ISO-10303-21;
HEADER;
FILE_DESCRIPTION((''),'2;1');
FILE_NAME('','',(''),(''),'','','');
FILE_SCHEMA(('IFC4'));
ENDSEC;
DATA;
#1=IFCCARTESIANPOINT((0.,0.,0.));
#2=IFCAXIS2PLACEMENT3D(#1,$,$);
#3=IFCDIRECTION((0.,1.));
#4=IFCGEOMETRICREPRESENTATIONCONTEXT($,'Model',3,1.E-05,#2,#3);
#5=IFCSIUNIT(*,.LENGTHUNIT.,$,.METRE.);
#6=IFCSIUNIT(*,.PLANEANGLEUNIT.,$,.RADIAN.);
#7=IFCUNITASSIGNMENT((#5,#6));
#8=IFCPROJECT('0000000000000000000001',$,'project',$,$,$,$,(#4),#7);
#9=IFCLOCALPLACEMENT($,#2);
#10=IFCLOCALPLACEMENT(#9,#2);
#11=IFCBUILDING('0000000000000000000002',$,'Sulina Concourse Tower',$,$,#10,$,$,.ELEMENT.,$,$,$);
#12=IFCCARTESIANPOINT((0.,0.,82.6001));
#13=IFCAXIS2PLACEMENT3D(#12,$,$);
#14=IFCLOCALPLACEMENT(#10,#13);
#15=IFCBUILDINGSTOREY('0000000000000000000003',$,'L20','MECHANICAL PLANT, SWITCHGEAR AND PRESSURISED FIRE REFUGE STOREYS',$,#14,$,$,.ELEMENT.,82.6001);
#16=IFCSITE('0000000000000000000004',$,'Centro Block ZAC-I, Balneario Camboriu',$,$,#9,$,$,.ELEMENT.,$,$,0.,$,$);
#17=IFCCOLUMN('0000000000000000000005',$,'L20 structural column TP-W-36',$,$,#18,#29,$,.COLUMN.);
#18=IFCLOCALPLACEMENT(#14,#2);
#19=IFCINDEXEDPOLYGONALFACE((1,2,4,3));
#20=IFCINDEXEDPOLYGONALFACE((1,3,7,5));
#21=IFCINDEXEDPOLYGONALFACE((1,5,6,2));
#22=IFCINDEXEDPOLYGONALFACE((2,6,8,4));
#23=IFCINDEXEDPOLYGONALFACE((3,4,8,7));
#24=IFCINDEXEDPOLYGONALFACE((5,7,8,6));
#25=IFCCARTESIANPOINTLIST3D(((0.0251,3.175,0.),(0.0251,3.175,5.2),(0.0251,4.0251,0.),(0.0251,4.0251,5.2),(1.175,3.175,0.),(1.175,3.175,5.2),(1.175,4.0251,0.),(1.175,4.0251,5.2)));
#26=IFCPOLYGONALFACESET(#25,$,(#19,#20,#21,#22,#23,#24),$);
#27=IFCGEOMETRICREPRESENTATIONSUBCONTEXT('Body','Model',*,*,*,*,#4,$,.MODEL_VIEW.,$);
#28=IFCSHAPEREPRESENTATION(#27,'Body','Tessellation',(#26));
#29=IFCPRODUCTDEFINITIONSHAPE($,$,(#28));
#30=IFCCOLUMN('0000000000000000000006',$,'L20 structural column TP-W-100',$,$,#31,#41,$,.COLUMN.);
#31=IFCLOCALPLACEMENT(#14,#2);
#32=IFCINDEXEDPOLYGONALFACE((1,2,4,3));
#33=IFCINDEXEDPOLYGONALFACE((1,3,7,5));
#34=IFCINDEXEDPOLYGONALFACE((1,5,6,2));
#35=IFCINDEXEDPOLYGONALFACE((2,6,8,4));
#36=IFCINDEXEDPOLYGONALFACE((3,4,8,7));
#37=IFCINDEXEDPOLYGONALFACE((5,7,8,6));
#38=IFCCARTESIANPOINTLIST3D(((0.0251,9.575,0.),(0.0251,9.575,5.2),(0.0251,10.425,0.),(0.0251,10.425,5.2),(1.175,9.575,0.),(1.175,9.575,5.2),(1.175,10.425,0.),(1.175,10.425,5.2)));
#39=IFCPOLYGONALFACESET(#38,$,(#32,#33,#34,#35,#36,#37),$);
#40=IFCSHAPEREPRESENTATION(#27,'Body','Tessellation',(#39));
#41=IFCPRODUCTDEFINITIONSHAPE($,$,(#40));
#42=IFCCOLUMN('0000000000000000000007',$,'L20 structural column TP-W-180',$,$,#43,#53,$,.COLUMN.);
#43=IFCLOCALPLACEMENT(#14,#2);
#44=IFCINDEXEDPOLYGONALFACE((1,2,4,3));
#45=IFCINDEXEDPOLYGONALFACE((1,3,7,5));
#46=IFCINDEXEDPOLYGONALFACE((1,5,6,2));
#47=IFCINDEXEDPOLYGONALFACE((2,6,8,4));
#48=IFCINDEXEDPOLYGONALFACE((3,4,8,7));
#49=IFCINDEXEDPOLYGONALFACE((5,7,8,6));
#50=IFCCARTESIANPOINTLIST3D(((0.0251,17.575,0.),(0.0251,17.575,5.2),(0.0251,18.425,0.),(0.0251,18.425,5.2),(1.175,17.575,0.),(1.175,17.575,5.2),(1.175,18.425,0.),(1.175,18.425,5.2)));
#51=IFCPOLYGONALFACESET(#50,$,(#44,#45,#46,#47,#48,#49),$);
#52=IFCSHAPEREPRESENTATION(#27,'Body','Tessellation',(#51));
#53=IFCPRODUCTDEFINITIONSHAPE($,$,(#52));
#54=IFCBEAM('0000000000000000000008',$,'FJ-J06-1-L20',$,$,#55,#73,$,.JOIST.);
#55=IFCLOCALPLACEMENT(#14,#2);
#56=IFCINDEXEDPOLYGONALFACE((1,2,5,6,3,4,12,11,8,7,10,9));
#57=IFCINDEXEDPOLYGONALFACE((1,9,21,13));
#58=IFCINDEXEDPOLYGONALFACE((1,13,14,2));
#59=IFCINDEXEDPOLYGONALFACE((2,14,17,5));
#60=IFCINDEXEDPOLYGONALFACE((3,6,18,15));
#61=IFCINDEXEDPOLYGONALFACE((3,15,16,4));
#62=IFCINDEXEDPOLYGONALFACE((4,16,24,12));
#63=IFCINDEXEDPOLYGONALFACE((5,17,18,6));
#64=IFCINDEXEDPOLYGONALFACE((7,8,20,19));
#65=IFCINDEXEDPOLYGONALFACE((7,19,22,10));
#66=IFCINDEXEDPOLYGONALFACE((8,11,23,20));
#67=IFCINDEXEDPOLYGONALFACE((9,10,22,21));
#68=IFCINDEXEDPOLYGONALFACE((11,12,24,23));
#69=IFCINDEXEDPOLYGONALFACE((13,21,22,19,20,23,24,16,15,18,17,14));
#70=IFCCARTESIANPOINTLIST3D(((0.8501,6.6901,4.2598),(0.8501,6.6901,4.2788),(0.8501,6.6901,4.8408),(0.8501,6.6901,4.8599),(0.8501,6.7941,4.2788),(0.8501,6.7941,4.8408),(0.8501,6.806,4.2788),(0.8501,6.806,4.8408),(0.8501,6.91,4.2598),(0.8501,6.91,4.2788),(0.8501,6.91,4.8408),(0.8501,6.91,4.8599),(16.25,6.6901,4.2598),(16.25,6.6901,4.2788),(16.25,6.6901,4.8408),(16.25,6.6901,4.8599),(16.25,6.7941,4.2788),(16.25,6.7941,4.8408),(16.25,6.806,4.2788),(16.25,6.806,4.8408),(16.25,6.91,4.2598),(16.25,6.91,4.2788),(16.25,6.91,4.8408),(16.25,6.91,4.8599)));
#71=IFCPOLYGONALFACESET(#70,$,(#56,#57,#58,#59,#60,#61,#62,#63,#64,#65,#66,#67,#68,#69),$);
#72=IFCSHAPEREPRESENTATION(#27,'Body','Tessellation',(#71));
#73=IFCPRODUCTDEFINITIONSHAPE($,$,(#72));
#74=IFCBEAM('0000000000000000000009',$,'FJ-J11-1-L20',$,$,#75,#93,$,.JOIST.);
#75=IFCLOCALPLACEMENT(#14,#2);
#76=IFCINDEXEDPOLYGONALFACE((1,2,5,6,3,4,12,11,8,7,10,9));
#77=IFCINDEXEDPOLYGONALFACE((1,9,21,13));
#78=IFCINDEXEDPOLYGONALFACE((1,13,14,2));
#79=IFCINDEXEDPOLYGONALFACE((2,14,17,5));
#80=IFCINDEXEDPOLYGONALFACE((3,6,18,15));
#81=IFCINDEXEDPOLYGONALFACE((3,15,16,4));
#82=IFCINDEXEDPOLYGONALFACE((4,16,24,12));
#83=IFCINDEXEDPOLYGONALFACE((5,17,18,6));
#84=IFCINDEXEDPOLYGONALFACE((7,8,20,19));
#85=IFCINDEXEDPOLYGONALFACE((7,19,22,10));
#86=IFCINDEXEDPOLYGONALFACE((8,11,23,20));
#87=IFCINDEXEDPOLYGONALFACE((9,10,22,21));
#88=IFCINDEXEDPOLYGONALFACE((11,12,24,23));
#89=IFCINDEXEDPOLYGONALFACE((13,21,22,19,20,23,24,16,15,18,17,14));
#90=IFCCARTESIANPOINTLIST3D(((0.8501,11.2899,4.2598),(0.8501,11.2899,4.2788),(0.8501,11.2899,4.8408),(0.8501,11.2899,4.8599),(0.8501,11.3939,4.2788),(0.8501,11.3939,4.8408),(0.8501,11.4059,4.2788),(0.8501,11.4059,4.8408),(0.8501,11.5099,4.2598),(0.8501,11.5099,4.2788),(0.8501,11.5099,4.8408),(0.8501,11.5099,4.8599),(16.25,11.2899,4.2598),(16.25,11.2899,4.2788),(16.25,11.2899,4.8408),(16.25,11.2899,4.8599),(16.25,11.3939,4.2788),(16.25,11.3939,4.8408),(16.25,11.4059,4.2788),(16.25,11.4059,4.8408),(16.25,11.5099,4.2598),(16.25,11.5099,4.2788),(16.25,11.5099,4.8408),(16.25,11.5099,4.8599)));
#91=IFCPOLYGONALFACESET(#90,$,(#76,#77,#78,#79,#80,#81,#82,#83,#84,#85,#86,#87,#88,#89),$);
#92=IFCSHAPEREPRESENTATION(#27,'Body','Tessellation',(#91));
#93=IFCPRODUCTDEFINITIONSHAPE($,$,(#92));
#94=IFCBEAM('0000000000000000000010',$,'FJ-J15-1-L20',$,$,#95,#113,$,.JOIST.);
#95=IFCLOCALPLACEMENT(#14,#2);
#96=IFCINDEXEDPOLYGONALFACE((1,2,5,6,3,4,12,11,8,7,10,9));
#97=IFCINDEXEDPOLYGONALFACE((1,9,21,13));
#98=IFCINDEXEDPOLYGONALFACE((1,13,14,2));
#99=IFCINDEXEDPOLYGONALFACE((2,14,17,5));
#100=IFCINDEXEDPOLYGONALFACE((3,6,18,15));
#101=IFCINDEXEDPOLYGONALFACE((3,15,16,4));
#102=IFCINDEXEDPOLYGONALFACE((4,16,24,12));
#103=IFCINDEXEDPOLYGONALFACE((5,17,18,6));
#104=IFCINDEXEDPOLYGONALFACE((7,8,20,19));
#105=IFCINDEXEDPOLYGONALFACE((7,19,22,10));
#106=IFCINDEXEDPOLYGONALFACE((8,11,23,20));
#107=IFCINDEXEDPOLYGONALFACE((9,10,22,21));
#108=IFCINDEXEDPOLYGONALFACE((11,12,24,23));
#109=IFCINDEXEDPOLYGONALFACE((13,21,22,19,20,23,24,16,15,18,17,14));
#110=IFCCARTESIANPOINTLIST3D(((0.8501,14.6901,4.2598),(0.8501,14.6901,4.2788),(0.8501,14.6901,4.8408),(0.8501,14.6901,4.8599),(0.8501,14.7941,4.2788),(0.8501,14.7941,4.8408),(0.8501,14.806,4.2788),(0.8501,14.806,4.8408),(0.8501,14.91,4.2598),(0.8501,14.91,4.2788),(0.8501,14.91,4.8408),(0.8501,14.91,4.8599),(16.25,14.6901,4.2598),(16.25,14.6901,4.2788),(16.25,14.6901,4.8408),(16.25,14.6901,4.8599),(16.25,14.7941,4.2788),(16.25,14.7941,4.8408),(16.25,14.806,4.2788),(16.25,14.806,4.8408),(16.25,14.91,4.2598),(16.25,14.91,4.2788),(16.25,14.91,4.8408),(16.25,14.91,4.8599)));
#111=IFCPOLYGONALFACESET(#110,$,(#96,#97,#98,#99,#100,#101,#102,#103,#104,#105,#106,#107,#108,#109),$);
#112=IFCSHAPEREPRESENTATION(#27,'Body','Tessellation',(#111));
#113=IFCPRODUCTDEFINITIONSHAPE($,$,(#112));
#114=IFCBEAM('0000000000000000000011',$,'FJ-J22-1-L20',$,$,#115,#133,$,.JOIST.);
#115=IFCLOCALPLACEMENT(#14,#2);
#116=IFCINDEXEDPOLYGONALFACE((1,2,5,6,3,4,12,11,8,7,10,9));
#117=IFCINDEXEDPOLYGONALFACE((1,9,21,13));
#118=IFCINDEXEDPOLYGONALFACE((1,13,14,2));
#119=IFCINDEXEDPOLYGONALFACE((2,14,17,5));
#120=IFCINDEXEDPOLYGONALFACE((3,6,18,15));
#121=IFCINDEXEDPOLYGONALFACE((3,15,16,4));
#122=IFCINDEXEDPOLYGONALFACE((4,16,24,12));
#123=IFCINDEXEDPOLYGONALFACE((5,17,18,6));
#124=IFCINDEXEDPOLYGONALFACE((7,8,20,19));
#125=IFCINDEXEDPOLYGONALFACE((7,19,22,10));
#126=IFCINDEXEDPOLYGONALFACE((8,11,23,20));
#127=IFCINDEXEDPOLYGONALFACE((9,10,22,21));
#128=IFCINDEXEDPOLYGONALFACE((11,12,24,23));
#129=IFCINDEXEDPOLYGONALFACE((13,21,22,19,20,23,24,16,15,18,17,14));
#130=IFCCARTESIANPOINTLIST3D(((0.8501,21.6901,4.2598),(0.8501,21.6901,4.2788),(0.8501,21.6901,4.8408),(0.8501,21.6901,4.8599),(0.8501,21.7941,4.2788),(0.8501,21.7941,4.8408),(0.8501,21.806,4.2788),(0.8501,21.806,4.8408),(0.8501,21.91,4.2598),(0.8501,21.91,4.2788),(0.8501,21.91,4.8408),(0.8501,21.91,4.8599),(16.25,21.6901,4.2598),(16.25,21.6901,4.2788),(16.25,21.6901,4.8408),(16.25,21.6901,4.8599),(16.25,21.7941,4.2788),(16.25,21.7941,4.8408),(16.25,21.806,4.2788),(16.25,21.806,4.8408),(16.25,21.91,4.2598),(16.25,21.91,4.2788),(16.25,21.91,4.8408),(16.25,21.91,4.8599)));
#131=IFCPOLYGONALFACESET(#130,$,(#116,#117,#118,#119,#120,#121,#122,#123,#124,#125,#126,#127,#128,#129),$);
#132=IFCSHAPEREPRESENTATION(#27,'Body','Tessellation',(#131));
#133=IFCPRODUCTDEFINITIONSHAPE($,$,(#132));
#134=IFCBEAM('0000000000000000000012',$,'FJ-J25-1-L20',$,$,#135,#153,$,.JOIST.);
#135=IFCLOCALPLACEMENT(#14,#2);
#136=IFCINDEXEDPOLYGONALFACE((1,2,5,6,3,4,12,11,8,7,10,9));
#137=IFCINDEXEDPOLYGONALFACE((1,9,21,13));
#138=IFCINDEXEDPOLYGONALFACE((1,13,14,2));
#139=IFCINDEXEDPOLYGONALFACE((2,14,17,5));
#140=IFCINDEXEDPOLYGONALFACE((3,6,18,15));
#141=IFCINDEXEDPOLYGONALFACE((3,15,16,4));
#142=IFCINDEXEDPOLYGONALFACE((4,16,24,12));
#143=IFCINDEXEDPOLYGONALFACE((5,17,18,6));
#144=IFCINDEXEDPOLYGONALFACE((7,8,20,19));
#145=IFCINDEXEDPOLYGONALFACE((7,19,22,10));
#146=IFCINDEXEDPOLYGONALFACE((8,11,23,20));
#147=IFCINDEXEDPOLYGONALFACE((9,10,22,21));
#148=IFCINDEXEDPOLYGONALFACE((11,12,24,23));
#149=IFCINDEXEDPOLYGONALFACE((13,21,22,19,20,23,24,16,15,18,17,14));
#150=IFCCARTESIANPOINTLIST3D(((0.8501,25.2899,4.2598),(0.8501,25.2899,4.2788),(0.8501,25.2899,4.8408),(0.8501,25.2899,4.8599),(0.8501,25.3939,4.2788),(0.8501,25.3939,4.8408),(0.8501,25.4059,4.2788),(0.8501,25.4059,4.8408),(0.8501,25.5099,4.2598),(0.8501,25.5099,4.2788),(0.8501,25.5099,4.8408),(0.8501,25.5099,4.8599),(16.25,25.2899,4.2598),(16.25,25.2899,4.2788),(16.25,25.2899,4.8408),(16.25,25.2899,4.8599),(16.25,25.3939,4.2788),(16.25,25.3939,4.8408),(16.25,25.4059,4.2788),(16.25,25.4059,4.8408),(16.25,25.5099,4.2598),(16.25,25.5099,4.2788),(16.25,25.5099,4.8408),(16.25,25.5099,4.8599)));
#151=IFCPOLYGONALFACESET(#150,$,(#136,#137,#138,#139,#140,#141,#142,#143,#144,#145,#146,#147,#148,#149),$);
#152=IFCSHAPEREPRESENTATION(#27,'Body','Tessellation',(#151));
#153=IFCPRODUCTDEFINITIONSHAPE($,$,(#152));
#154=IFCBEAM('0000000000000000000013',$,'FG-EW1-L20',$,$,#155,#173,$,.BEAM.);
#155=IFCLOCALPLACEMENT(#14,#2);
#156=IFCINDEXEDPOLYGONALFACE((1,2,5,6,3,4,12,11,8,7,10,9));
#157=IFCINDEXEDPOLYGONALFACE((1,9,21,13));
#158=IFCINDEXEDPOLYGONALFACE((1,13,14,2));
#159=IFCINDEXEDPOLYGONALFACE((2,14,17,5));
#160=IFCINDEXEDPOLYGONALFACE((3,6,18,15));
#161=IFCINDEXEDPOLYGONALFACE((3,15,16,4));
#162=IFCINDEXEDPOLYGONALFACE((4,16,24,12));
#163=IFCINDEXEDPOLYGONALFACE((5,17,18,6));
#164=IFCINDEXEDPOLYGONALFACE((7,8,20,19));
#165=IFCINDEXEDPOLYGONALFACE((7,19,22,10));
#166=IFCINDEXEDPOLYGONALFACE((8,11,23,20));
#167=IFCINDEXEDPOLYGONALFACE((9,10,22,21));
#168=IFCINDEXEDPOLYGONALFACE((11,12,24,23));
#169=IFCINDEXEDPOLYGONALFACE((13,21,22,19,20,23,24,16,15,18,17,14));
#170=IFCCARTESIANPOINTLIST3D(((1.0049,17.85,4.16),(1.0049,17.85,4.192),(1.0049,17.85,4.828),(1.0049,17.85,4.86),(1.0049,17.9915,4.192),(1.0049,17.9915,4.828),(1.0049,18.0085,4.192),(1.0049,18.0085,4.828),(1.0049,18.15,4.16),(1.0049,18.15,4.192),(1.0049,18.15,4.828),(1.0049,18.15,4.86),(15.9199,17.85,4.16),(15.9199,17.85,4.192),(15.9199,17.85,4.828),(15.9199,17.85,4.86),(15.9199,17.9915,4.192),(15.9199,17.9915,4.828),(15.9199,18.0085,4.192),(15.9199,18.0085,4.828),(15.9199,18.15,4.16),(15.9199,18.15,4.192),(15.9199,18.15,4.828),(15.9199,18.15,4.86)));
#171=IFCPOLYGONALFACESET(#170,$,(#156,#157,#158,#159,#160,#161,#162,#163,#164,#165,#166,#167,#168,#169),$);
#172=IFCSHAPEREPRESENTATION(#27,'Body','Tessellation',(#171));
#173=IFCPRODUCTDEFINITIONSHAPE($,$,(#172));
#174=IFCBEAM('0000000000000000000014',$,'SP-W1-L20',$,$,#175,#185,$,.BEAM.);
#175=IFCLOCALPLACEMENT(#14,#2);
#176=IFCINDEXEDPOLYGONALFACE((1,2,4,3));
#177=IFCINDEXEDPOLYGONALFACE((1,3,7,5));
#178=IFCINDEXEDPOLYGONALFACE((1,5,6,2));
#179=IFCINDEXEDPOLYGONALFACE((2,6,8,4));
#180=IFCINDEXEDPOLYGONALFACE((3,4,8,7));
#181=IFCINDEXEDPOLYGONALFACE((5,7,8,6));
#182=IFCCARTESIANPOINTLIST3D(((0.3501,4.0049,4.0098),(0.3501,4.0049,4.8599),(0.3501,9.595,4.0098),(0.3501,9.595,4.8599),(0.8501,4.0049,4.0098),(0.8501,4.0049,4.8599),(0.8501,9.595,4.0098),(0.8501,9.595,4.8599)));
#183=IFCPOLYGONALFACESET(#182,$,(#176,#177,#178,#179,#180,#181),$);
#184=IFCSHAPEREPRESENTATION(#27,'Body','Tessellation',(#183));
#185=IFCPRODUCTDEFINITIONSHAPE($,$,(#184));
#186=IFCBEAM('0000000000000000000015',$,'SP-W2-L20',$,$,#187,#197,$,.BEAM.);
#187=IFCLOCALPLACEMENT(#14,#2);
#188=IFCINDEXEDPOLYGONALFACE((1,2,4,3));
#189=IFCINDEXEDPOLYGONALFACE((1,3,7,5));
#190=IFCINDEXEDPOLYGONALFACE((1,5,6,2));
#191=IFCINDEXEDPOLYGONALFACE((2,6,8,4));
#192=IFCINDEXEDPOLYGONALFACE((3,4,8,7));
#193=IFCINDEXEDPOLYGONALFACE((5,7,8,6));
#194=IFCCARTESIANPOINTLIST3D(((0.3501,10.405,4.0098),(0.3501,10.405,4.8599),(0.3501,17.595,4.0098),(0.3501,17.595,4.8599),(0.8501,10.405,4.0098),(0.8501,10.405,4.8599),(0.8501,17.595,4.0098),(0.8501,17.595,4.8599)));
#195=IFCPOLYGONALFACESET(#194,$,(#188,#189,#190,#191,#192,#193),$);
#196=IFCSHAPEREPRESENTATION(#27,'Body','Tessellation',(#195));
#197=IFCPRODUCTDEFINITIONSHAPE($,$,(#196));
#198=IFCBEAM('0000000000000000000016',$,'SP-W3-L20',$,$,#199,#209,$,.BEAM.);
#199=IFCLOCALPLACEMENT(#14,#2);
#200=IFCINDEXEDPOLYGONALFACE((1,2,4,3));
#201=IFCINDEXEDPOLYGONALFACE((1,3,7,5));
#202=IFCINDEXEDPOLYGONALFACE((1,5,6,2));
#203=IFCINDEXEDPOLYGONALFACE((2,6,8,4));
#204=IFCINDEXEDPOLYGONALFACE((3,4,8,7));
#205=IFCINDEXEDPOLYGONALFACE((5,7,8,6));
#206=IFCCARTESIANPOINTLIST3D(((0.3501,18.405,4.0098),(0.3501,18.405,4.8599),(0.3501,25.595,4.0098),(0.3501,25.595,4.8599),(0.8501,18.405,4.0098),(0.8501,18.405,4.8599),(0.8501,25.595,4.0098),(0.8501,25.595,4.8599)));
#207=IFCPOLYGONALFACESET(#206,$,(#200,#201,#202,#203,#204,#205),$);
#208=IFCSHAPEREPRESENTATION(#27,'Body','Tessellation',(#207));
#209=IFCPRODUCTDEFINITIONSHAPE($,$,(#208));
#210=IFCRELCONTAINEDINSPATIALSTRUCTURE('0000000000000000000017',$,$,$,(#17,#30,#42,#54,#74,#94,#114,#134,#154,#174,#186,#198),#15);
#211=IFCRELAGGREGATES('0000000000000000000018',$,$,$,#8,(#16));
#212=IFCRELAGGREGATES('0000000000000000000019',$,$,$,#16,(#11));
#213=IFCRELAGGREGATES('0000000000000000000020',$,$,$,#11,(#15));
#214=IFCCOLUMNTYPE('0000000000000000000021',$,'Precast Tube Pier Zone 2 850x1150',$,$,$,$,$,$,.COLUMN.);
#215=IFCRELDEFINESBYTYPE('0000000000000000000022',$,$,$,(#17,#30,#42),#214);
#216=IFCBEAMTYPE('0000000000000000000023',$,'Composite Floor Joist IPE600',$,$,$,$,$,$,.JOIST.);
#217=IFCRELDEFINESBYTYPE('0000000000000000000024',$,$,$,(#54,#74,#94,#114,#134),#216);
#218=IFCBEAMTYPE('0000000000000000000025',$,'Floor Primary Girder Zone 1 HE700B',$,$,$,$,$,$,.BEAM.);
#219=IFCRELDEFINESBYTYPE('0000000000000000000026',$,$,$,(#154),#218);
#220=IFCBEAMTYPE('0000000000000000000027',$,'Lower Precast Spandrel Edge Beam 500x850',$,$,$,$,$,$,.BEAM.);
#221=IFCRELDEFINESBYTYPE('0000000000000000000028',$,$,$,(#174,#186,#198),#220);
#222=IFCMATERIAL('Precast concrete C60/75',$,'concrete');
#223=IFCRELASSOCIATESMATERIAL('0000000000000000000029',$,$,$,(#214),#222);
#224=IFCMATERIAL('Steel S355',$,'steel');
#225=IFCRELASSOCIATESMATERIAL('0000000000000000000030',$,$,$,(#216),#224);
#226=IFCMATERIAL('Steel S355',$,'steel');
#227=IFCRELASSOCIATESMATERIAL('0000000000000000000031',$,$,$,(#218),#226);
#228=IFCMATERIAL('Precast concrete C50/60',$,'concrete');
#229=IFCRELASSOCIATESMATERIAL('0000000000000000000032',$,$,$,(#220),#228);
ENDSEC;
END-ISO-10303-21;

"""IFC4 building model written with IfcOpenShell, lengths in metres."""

from ifc_helpers import new_model, si_unit, direction, frame, origin, origin_2d, place, context, subcontext, project, spatial, rectangle, i_section, extrude, material, material_profile, profile_set, type_object, element, save


model = new_model("IFC4")

# Units and contexts
model_context = context("Model", 3, precision=1e-05, world=origin(), true_north=direction((0.0, 1.0)))
body_context = subcontext(model_context, "Body", "Model", "MODEL_VIEW")
ifc_project = project(units=[si_unit("LENGTHUNIT", "METRE"), si_unit("PLANEANGLEUNIT", "RADIAN")], contexts=[model_context])

# Site, building, storey
site_placement = place(None, origin())
site = spatial("IfcSite", under=ifc_project, at=site_placement, Name="Centro Block ZAC-I, Balneario Camboriu", CompositionType="ELEMENT", RefElevation=0.0)
building_placement = place(site_placement, origin())
building = spatial("IfcBuilding", under=site, at=building_placement, Name="Sulina Concourse Tower", CompositionType="ELEMENT")
storey_placement = place(building_placement, frame((0.0, 0.0, 82.6001)))
storey = spatial("IfcBuildingStorey", under=building, at=storey_placement, Name="L20", Description="MECHANICAL PLANT, SWITCHGEAR AND PRESSURISED FIRE REFUGE STOREYS", CompositionType="ELEMENT", Elevation=82.6001)

# Columns
ifc_material_1 = material(Name="Precast concrete C60/75", Category="concrete")
ifc_material_profile_1 = material_profile(ifc_material_1, rectangle(XDim=0.8501, YDim=1.1499, at=origin_2d()), Name="PC 850x1150")
ifc_profile_set_1 = profile_set([ifc_material_profile_1], Name="Precast concrete C60/75")
column_type = type_object("IfcColumnType", Name="Precast Tube Pier Zone 2 850x1150", PredefinedType="COLUMN", material=ifc_profile_set_1)
for number, where, z_axis, x_axis, name in (
    (1, (0.6001, 3.6001, 0.0), (0.0, 0.0, 1.0), (0.0, 1.0, 0.0), "L20 structural column TP-W-36"),
    (2, (0.6001, 10.0, 0.0), (0.0, 0.0, 1.0), (0.0, 1.0, 0.0), "L20 structural column TP-W-100"),
    (3, (0.6001, 18.0, 0.0), (0.0, 0.0, 1.0), (0.0, 1.0, 0.0), "L20 structural column TP-W-180"),
):
    element("IfcColumn", number, at=place(storey_placement, frame(where, z_axis=z_axis, x_axis=x_axis)), inside=storey, type_object=column_type, Name=name, PredefinedType="COLUMN", context=body_context, shape_type="SweptSolid", body=[
        extrude(rectangle(XDim=0.8501, YDim=1.1499, at=origin_2d()), origin(), (0.0, 0.0, 1.0), 5.2),
    ])

# Beams
ifc_material_2 = material(Name="Steel S355", Category="steel")
ifc_material_profile_2 = material_profile(ifc_material_2, i_section(OverallWidth=0.22, OverallDepth=0.6001, WebThickness=0.012, FlangeThickness=0.019, at=origin_2d()), Name="IPE 600")
ifc_profile_set_2 = profile_set([ifc_material_profile_2], Name="Steel S355")
beam_type_1 = type_object("IfcBeamType", Name="Composite Floor Joist IPE600", PredefinedType="JOIST", material=ifc_profile_set_2)
for number, where, z_axis, x_axis, name in (
    (4, (0.8501, 6.8, 4.5598), (1.0, 0.0, 0.0), (0.0, 1.0, 0.0), "FJ-J06-1-L20"),
    (5, (0.8501, 11.3999, 4.5598), (1.0, 0.0, 0.0), (0.0, 1.0, 0.0), "FJ-J11-1-L20"),
    (6, (0.8501, 14.8, 4.5598), (1.0, 0.0, 0.0), (0.0, 1.0, 0.0), "FJ-J15-1-L20"),
    (7, (0.8501, 21.8, 4.5598), (1.0, 0.0, 0.0), (0.0, 1.0, 0.0), "FJ-J22-1-L20"),
    (8, (0.8501, 25.3999, 4.5598), (1.0, 0.0, 0.0), (0.0, 1.0, 0.0), "FJ-J25-1-L20"),
):
    element("IfcBeam", number, at=place(storey_placement, frame(where, z_axis=z_axis, x_axis=x_axis)), inside=storey, type_object=beam_type_1, Name=name, PredefinedType="JOIST", context=body_context, shape_type="SweptSolid", body=[
        extrude(i_section(OverallWidth=0.22, OverallDepth=0.6001, WebThickness=0.012, FlangeThickness=0.019, at=origin_2d()), origin(), (0.0, 0.0, 1.0), 15.3999),
    ])
ifc_material_3 = material(Name="Steel S355", Category="steel")
ifc_material_profile_3 = material_profile(ifc_material_3, i_section(OverallWidth=0.3, OverallDepth=0.7, WebThickness=0.0171, FlangeThickness=0.032, at=origin_2d()), Name="HE 700 B")
ifc_profile_set_3 = profile_set([ifc_material_profile_3], Name="Steel S355")
beam_type_2 = type_object("IfcBeamType", Name="Floor Primary Girder Zone 1 HE700B", PredefinedType="BEAM", material=ifc_profile_set_3)
beam_1_placement = place(storey_placement, frame((1.0049, 18.0, 4.51), z_axis=(1.0, 0.0, 0.0), x_axis=(0.0, 1.0, 0.0)))
element("IfcBeam", 9, at=beam_1_placement, inside=storey, type_object=beam_type_2, Name="FG-EW1-L20", PredefinedType="BEAM", context=body_context, shape_type="SweptSolid", body=[
    extrude(i_section(OverallWidth=0.3, OverallDepth=0.7, WebThickness=0.0171, FlangeThickness=0.032, at=origin_2d()), origin(), (0.0, 0.0, 1.0), 14.915),
])
ifc_material_4 = material(Name="Precast concrete C50/60", Category="concrete")
ifc_material_profile_4 = material_profile(ifc_material_4, rectangle(XDim=0.5, YDim=0.8501, at=origin_2d()), Name="RC 500x850")
ifc_profile_set_4 = profile_set([ifc_material_profile_4], Name="Precast concrete C50/60")
beam_type_3 = type_object("IfcBeamType", Name="Lower Precast Spandrel Edge Beam 500x850", PredefinedType="BEAM", material=ifc_profile_set_4)
beam_2_placement = place(storey_placement, frame((0.6001, 4.0049, 4.4348), z_axis=(0.0, 1.0, 0.0), x_axis=(-1.0, 0.0, 0.0)))
element("IfcBeam", 10, at=beam_2_placement, inside=storey, type_object=beam_type_3, Name="SP-W1-L20", PredefinedType="BEAM", context=body_context, shape_type="SweptSolid", body=[
    extrude(rectangle(XDim=0.5, YDim=0.8501, at=origin_2d()), origin(), (0.0, 0.0, 1.0), 5.5901),
])
for number, where, z_axis, x_axis, name in (
    (11, (0.6001, 10.405, 4.4348), (0.0, 1.0, 0.0), (-1.0, 0.0, 0.0), "SP-W2-L20"),
    (12, (0.6001, 18.405, 4.4348), (0.0, 1.0, 0.0), (-1.0, 0.0, 0.0), "SP-W3-L20"),
):
    element("IfcBeam", number, at=place(storey_placement, frame(where, z_axis=z_axis, x_axis=x_axis)), inside=storey, type_object=beam_type_3, Name=name, PredefinedType="BEAM", context=body_context, shape_type="SweptSolid", body=[
        extrude(rectangle(XDim=0.5, YDim=0.8501, at=origin_2d()), origin(), (0.0, 0.0, 1.0), 7.1899),
    ])

save(model, "model.ifc")
